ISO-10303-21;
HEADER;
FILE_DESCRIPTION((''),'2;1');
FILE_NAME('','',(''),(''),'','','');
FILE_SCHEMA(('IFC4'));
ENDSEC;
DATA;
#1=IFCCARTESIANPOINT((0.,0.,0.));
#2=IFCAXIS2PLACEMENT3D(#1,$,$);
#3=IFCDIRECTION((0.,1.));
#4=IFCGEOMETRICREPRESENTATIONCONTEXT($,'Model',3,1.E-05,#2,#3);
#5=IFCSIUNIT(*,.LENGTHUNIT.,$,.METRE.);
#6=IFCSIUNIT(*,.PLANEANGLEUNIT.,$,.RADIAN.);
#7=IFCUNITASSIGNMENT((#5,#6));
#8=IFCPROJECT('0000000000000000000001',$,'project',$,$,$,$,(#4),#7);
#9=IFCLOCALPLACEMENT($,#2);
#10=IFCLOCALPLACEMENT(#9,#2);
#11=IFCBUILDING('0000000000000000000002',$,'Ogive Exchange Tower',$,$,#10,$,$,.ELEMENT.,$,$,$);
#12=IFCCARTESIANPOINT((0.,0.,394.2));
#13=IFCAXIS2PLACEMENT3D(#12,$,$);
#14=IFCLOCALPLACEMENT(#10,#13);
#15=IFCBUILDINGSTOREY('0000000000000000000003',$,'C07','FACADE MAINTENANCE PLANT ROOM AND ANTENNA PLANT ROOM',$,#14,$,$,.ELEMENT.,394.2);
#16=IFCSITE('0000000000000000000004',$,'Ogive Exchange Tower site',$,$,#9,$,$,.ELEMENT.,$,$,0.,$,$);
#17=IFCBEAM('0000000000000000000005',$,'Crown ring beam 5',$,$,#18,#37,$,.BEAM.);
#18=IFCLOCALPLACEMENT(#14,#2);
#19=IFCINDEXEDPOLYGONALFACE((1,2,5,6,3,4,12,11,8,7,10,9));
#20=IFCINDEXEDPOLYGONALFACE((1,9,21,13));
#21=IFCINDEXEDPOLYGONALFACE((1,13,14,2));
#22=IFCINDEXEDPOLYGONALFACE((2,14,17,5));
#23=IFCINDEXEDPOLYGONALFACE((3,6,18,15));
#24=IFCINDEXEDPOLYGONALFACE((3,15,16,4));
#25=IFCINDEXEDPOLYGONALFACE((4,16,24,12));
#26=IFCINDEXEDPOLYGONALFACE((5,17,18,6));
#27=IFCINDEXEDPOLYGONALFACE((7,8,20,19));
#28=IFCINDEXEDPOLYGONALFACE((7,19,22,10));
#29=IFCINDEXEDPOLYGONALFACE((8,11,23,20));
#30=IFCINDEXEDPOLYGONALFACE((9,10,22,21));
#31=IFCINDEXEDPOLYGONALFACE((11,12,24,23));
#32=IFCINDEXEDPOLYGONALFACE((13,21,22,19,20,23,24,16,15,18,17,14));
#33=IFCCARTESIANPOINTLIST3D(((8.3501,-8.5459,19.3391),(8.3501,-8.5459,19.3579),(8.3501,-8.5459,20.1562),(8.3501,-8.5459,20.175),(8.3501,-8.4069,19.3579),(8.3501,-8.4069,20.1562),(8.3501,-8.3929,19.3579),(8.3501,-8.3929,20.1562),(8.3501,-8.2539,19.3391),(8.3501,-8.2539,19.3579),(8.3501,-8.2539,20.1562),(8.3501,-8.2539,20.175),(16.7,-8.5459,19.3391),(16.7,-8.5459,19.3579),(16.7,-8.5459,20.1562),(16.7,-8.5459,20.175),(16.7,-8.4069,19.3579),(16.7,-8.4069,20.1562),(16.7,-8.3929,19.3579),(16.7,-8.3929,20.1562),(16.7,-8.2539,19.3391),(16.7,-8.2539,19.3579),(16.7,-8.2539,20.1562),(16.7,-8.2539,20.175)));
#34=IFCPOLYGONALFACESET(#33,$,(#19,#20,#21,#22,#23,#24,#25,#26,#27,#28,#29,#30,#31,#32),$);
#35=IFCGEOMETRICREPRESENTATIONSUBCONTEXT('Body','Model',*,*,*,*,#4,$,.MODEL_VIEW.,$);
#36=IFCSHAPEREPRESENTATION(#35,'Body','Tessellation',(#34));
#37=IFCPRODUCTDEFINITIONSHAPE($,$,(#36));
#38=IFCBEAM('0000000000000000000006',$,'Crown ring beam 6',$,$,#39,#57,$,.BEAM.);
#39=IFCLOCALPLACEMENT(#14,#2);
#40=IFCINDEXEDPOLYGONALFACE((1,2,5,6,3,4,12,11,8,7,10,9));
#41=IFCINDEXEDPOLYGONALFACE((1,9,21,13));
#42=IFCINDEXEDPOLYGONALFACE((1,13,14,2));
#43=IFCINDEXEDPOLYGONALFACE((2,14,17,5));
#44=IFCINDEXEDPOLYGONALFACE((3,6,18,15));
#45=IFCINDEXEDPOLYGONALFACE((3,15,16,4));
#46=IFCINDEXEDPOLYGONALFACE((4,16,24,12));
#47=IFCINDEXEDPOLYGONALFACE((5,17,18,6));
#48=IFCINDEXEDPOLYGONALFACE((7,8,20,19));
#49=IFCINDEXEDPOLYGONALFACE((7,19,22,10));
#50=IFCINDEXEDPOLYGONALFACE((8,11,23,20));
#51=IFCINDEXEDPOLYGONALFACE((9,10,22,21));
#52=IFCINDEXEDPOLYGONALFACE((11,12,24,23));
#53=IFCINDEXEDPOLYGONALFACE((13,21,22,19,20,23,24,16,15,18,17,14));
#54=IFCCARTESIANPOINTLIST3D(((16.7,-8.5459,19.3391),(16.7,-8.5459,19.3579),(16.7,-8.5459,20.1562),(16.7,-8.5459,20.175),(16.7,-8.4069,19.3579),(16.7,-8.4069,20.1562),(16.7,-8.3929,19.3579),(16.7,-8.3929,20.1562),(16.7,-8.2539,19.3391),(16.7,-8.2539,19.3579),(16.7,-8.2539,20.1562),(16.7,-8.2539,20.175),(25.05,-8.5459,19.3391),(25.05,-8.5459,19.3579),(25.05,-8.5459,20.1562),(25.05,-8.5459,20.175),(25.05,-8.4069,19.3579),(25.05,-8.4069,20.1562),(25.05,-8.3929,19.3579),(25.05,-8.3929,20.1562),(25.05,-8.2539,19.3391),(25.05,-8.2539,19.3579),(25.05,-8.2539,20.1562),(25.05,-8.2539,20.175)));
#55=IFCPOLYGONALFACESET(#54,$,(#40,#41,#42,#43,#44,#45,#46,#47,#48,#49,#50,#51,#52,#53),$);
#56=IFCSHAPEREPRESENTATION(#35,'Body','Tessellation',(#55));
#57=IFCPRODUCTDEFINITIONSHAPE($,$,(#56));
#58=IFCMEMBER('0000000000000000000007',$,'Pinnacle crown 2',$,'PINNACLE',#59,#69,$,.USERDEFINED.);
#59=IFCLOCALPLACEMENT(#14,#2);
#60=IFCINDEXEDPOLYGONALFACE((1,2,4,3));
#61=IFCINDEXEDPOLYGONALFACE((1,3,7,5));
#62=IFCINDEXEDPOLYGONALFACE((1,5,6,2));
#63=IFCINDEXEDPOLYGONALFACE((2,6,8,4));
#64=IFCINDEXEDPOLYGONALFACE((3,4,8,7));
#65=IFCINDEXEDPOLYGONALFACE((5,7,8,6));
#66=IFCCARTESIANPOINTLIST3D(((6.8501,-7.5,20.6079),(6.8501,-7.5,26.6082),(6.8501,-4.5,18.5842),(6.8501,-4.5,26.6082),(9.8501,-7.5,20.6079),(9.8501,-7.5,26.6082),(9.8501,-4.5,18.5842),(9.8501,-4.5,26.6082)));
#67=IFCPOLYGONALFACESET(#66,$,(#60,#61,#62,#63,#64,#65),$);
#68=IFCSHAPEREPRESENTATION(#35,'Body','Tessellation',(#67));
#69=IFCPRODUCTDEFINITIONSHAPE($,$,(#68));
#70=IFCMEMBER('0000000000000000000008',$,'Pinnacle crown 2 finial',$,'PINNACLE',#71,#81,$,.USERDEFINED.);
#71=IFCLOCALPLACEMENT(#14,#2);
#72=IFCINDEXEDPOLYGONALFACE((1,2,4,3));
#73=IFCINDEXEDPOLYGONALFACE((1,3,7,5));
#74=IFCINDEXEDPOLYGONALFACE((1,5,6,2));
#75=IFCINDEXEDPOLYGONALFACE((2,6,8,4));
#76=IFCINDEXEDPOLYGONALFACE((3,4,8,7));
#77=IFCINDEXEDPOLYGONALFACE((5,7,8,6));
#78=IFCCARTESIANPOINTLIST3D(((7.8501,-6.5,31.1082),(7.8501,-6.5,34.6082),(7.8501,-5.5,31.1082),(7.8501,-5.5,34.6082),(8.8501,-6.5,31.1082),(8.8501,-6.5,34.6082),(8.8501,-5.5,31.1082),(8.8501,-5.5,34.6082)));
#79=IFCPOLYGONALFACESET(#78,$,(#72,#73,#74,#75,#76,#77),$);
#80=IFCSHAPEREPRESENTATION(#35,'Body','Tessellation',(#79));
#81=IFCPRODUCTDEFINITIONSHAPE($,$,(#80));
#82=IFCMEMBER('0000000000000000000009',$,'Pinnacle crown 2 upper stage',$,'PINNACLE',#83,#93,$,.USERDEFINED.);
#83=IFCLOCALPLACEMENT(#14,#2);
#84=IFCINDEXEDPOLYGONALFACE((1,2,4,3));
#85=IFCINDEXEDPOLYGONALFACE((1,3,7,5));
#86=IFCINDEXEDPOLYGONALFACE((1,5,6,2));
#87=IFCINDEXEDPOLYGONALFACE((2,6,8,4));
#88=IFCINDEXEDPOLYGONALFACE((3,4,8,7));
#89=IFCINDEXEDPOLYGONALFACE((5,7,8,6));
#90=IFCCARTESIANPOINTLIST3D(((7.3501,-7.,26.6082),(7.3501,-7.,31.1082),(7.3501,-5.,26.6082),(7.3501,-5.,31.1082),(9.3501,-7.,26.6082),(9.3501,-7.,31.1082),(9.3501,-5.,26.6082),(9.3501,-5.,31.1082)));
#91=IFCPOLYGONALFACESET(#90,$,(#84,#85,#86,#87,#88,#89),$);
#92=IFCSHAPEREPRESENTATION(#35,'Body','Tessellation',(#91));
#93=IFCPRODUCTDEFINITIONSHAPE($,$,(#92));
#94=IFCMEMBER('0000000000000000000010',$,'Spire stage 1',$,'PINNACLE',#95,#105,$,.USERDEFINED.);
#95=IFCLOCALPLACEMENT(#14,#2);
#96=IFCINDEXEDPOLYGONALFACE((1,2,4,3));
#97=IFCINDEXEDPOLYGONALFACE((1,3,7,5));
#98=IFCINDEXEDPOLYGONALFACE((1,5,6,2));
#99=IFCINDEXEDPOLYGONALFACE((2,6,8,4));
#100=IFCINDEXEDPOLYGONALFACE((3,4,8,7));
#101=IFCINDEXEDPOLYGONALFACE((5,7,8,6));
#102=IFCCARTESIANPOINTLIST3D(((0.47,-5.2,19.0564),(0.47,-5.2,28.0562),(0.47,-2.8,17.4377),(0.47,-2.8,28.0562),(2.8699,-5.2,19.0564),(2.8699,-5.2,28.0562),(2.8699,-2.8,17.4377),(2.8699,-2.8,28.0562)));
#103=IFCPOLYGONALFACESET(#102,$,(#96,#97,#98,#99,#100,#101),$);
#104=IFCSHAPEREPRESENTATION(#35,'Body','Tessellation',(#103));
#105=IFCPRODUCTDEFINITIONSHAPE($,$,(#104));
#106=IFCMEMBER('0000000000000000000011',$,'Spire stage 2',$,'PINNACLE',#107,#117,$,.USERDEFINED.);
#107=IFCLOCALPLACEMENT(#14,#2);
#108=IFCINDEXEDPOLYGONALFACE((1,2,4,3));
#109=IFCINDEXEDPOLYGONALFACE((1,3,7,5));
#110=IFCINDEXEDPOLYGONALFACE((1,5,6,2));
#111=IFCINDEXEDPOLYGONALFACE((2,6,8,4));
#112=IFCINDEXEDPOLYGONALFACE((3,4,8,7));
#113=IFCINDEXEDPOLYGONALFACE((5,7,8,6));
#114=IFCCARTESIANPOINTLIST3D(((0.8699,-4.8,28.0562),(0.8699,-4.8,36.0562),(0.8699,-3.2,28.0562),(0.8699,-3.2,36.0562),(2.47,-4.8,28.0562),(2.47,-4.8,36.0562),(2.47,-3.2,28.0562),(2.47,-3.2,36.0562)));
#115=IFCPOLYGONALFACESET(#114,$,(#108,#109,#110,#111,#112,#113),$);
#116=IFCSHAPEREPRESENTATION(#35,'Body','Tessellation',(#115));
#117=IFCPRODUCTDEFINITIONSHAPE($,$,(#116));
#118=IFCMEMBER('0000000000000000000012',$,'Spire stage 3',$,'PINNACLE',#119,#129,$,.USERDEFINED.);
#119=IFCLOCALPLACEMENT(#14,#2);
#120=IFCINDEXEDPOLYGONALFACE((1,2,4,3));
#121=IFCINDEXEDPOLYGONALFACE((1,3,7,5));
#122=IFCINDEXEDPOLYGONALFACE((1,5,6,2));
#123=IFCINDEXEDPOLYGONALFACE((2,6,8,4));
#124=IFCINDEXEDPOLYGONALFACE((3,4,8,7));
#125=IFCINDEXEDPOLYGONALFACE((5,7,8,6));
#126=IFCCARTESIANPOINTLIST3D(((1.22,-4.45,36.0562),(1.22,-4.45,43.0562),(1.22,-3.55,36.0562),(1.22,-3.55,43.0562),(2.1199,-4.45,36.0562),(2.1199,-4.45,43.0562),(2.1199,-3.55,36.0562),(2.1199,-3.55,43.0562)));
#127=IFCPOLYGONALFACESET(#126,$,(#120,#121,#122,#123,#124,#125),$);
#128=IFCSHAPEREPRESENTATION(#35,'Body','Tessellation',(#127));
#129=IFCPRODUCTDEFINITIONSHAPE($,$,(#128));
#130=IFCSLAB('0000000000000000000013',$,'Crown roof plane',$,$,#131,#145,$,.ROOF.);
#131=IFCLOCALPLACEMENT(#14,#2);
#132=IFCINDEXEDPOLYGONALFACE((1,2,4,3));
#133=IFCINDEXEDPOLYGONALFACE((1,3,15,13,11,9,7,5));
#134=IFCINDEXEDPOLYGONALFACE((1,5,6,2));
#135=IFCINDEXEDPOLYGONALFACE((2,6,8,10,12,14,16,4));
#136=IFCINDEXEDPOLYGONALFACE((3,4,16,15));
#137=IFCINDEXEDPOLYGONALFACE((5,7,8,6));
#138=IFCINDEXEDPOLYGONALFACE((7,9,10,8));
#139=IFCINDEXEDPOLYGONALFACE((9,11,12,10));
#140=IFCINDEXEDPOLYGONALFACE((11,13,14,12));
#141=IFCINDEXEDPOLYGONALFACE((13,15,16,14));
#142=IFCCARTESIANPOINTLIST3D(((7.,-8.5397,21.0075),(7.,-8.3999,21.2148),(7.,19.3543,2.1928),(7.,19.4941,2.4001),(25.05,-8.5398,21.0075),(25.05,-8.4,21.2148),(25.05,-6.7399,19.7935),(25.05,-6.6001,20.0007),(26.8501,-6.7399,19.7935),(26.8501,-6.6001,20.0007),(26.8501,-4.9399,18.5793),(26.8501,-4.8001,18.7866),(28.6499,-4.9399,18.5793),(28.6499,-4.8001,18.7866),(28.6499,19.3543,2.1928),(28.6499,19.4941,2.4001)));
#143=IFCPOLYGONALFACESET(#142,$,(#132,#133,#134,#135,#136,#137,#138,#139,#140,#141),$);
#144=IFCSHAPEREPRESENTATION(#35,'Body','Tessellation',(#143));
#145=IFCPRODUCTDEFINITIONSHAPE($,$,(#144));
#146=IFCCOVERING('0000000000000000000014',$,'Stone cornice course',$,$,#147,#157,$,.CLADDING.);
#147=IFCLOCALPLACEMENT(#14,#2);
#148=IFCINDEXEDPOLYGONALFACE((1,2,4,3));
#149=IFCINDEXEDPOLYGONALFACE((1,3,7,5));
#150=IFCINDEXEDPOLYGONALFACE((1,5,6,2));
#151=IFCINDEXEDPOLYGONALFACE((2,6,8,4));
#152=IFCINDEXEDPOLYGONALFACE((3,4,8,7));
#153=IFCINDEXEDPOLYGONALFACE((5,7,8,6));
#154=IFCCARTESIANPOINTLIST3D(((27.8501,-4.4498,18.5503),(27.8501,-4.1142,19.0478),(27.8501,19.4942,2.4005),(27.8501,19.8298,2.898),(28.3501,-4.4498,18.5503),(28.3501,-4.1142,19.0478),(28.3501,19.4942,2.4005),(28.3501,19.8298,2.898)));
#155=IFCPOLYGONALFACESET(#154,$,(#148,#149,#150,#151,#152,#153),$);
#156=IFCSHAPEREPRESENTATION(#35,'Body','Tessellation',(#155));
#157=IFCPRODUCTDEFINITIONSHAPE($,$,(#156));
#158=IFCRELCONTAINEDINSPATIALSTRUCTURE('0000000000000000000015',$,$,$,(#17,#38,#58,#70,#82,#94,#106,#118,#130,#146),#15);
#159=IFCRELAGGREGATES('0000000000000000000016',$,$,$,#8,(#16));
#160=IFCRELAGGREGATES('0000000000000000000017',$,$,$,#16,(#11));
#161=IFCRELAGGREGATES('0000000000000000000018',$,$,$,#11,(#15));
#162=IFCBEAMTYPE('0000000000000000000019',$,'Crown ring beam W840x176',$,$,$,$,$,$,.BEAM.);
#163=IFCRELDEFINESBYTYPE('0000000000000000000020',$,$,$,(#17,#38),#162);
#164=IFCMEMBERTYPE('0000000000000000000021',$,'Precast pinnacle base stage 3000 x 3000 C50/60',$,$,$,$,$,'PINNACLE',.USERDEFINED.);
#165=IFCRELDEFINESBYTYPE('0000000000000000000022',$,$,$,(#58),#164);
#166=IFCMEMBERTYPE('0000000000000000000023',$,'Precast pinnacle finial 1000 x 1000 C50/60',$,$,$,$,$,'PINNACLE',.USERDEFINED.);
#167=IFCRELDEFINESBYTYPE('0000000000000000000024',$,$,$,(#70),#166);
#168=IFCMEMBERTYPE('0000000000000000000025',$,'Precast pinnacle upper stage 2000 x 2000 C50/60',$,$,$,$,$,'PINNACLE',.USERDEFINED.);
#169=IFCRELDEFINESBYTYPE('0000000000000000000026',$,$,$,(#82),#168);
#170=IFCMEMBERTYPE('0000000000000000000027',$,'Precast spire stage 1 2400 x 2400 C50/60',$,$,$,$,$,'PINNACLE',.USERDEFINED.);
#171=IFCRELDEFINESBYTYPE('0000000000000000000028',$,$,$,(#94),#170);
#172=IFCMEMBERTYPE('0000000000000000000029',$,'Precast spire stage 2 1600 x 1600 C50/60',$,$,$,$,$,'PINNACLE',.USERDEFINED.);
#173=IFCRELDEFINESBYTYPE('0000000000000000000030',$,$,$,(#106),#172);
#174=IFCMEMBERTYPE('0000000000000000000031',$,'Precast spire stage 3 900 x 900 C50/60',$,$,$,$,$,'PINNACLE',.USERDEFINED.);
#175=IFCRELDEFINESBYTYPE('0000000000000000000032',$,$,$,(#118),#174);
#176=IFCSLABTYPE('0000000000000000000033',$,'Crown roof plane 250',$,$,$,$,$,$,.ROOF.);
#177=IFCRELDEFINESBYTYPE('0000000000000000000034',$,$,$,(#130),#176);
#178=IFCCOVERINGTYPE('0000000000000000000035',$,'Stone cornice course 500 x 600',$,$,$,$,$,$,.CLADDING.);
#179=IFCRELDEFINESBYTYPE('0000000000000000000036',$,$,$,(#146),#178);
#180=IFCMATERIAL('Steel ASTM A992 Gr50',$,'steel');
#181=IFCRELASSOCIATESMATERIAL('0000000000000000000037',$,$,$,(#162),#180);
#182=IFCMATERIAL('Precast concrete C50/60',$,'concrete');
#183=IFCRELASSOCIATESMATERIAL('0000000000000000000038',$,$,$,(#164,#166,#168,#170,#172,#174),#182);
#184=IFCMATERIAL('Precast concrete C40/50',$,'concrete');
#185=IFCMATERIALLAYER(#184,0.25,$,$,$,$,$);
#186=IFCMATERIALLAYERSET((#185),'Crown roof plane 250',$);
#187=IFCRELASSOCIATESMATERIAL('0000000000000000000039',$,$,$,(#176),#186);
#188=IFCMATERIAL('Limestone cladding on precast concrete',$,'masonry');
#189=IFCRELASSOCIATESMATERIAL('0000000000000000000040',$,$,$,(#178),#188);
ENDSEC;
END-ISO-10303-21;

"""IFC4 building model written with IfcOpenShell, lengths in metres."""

from ifc_helpers import new_model, si_unit, direction, frame, origin, origin_2d, place, context, subcontext, project, spatial, polyline, rectangle, i_section, outline, extrude, material, layer, layer_set, material_profile, profile_set, type_object, element, save


model = new_model("IFC4")

# Units and contexts
model_context = context("Model", 3, precision=1e-05, world=origin(), true_north=direction((0.0, 1.0)))
body_context = subcontext(model_context, "Body", "Model", "MODEL_VIEW")
ifc_project = project(units=[si_unit("LENGTHUNIT", "METRE"), si_unit("PLANEANGLEUNIT", "RADIAN")], contexts=[model_context])

# Site, building, storey
site_placement = place(None, origin())
site = spatial("IfcSite", under=ifc_project, at=site_placement, Name="Ogive Exchange Tower site", CompositionType="ELEMENT", RefElevation=0.0)
building_placement = place(site_placement, origin())
building = spatial("IfcBuilding", under=site, at=building_placement, Name="Ogive Exchange Tower", CompositionType="ELEMENT")
storey_placement = place(building_placement, frame((0.0, 0.0, 394.2)))
storey = spatial("IfcBuildingStorey", under=building, at=storey_placement, Name="C07", Description="FACADE MAINTENANCE PLANT ROOM AND ANTENNA PLANT ROOM", CompositionType="ELEMENT", Elevation=394.2)

# Shared definitions
ifc_material_1 = material(Name="Steel ASTM A992 Gr50", Category="steel")

# Beams
ifc_material_profile_1 = material_profile(ifc_material_1, i_section(OverallWidth=0.292, OverallDepth=0.8359, WebThickness=0.0139, FlangeThickness=0.0188, at=origin_2d()), Name="W840x176")
ifc_profile_set_1 = profile_set([ifc_material_profile_1], Name="Steel ASTM A992 Gr50")
beam_type_1 = type_object("IfcBeamType", Name="Crown ring beam W840x176", PredefinedType="BEAM", material=ifc_profile_set_1)
beam_1_placement = place(storey_placement, frame((8.3501, -8.3999, 19.7571), z_axis=(1.0, 0.0, 0.0), x_axis=(0.0, 1.0, 0.0)))
element("IfcBeam", 1, at=beam_1_placement, inside=storey, type_object=beam_type_1, Name="Crown ring beam 5", PredefinedType="BEAM", context=body_context, shape_type="SweptSolid", body=[
    extrude(i_section(OverallWidth=0.292, OverallDepth=0.8359, WebThickness=0.0139, FlangeThickness=0.0188, at=origin_2d()), origin(), (0.0, 0.0, 1.0), 8.3499),
])
beam_2_placement = place(storey_placement, frame((16.7, -8.3999, 19.7571), z_axis=(1.0, 0.0, 0.0), x_axis=(0.0, 1.0, 0.0)))
element("IfcBeam", 2, at=beam_2_placement, inside=storey, type_object=beam_type_1, Name="Crown ring beam 6", PredefinedType="BEAM", context=body_context, shape_type="SweptSolid", body=[
    extrude(i_section(OverallWidth=0.292, OverallDepth=0.8359, WebThickness=0.0139, FlangeThickness=0.0188, at=origin_2d()), origin(), (0.0, 0.0, 1.0), 8.3501),
])

# Members
ifc_material_2 = material(Name="Precast concrete C50/60", Category="concrete")
ifc_material_profile_2 = material_profile(ifc_material_2, rectangle(XDim=3.0, YDim=3.0, at=origin_2d()), Name="PINNACLE 3000 x 3000")
ifc_profile_set_2 = profile_set([ifc_material_profile_2], Name="Precast concrete C50/60")
member_type_1 = type_object("IfcMemberType", Name="Precast pinnacle base stage 3000 x 3000 C50/60", ElementType="PINNACLE", PredefinedType="USERDEFINED", material=ifc_profile_set_2)
member_1_placement = place(storey_placement, frame((6.8501, -7.5, 26.6082), z_axis=(-1.0, 0.0, 0.0), x_axis=(0.0, 1.0, 0.0)))
element("IfcMember", 3, at=member_1_placement, inside=storey, type_object=member_type_1, Name="Pinnacle crown 2", ObjectType="PINNACLE", PredefinedType="USERDEFINED", context=body_context, shape_type="SweptSolid", body=[
    extrude(outline(polyline([(0.0, 0.0), (3.0, 0.0), (3.0, 8.0239), (0.0, 6.0002), (0.0, 0.0)])), origin(), (0.0, 0.0, -1.0), 3.0),
])
ifc_material_profile_3 = material_profile(ifc_material_2, rectangle(XDim=1.0, YDim=1.0, at=origin_2d()), Name="PINNACLE 1000 x 1000")
ifc_profile_set_3 = profile_set([ifc_material_profile_3], Name="Precast concrete C50/60")
member_type_2 = type_object("IfcMemberType", Name="Precast pinnacle finial 1000 x 1000 C50/60", ElementType="PINNACLE", PredefinedType="USERDEFINED", material=ifc_profile_set_3)
member_2_placement = place(storey_placement, frame((8.3501, -6.0, 31.1082), z_axis=(0.0, 0.0, 1.0), x_axis=(1.0, 0.0, 0.0)))
element("IfcMember", 4, at=member_2_placement, inside=storey, type_object=member_type_2, Name="Pinnacle crown 2 finial", ObjectType="PINNACLE", PredefinedType="USERDEFINED", context=body_context, shape_type="SweptSolid", body=[
    extrude(rectangle(XDim=1.0, YDim=1.0, at=origin_2d()), origin(), (0.0, 0.0, 1.0), 3.5),
])
ifc_material_profile_4 = material_profile(ifc_material_2, rectangle(XDim=2.0, YDim=2.0, at=origin_2d()), Name="PINNACLE 2000 x 2000")
ifc_profile_set_4 = profile_set([ifc_material_profile_4], Name="Precast concrete C50/60")
member_type_3 = type_object("IfcMemberType", Name="Precast pinnacle upper stage 2000 x 2000 C50/60", ElementType="PINNACLE", PredefinedType="USERDEFINED", material=ifc_profile_set_4)
member_3_placement = place(storey_placement, frame((8.3501, -6.0, 26.6082), z_axis=(0.0, 0.0, 1.0), x_axis=(1.0, 0.0, 0.0)))
element("IfcMember", 5, at=member_3_placement, inside=storey, type_object=member_type_3, Name="Pinnacle crown 2 upper stage", ObjectType="PINNACLE", PredefinedType="USERDEFINED", context=body_context, shape_type="SweptSolid", body=[
    extrude(rectangle(XDim=2.0, YDim=2.0, at=origin_2d()), origin(), (0.0, 0.0, 1.0), 4.5),
])
ifc_material_profile_5 = material_profile(ifc_material_2, rectangle(XDim=2.3999, YDim=2.3999, at=origin_2d()), Name="SPIRE 1 2400 x 2400")
ifc_profile_set_5 = profile_set([ifc_material_profile_5], Name="Precast concrete C50/60")
member_type_4 = type_object("IfcMemberType", Name="Precast spire stage 1 2400 x 2400 C50/60", ElementType="PINNACLE", PredefinedType="USERDEFINED", material=ifc_profile_set_5)
member_4_placement = place(storey_placement, frame((0.47, -5.2, 28.0562), z_axis=(-1.0, 0.0, 0.0), x_axis=(0.0, 1.0, 0.0)))
element("IfcMember", 6, at=member_4_placement, inside=storey, type_object=member_type_4, Name="Spire stage 1", ObjectType="PINNACLE", PredefinedType="USERDEFINED", context=body_context, shape_type="SweptSolid", body=[
    extrude(outline(polyline([(0.0, 0.0), (2.3999, 0.0), (2.3999, 10.6184), (0.0, 8.9998), (0.0, 0.0)])), origin(), (0.0, 0.0, -1.0), 2.3999),
])
ifc_material_profile_6 = material_profile(ifc_material_2, rectangle(XDim=1.6001, YDim=1.6001, at=origin_2d()), Name="SPIRE 2 1600 x 1600")
ifc_profile_set_6 = profile_set([ifc_material_profile_6], Name="Precast concrete C50/60")
member_type_5 = type_object("IfcMemberType", Name="Precast spire stage 2 1600 x 1600 C50/60", ElementType="PINNACLE", PredefinedType="USERDEFINED", material=ifc_profile_set_6)
member_5_placement = place(storey_placement, frame((1.6699, -4.0, 28.0562), z_axis=(0.0, 0.0, 1.0), x_axis=(1.0, 0.0, 0.0)))
element("IfcMember", 7, at=member_5_placement, inside=storey, type_object=member_type_5, Name="Spire stage 2", ObjectType="PINNACLE", PredefinedType="USERDEFINED", context=body_context, shape_type="SweptSolid", body=[
    extrude(rectangle(XDim=1.6001, YDim=1.6001, at=origin_2d()), origin(), (0.0, 0.0, 1.0), 8.0),
])
ifc_material_profile_7 = material_profile(ifc_material_2, rectangle(XDim=0.8999, YDim=0.8999, at=origin_2d()), Name="SPIRE 3 900 x 900")
ifc_profile_set_7 = profile_set([ifc_material_profile_7], Name="Precast concrete C50/60")
member_type_6 = type_object("IfcMemberType", Name="Precast spire stage 3 900 x 900 C50/60", ElementType="PINNACLE", PredefinedType="USERDEFINED", material=ifc_profile_set_7)
member_6_placement = place(storey_placement, frame((1.6699, -4.0, 36.0562), z_axis=(0.0, 0.0, 1.0), x_axis=(1.0, 0.0, 0.0)))
element("IfcMember", 8, at=member_6_placement, inside=storey, type_object=member_type_6, Name="Spire stage 3", ObjectType="PINNACLE", PredefinedType="USERDEFINED", context=body_context, shape_type="SweptSolid", body=[
    extrude(rectangle(XDim=0.8999, YDim=0.8999, at=origin_2d()), origin(), (0.0, 0.0, 1.0), 7.0),
])

# Slab
ifc_material_3 = material(Name="Precast concrete C40/50", Category="concrete")
ifc_layer = layer(ifc_material_3, 0.25)
ifc_layer_set = layer_set([ifc_layer], Name="Crown roof plane 250")
slab_type = type_object("IfcSlabType", Name="Crown roof plane 250", PredefinedType="ROOF", material=ifc_layer_set)
slab_placement = place(storey_placement, frame((26.8501, -6.6001, 20.0007), z_axis=(0.000002, 0.559191, 0.829039), x_axis=(-1.0, 0.000001, 0.000002)))
element("IfcSlab", 9, at=slab_placement, inside=storey, type_object=slab_type, Name="Crown roof plane", PredefinedType="ROOF", context=body_context, shape_type="SweptSolid", body=[
    extrude(outline(polyline([(0.0, 0.0), (1.8, 0.0), (1.8, 2.171), (19.8501, 2.171), (19.8501, -31.4752), (-1.7998, -31.4752), (-1.7998, -2.1712), (0.0, -2.1712), (0.0, 0.0)])), origin(), (0.0, 0.0, -1.0), 0.25),
])

# Covering
ifc_material_4 = material(Name="Limestone cladding on precast concrete", Category="masonry")
ifc_material_profile_8 = material_profile(ifc_material_4, rectangle(XDim=0.5, YDim=0.6001, at=origin_2d()), Name="CORNICE 500 x 600")
ifc_profile_set_8 = profile_set([ifc_material_profile_8], Name="Limestone cladding on precast concrete")
covering_type = type_object("IfcCoveringType", Name="Stone cornice course 500 x 600", PredefinedType="CLADDING", material=ifc_profile_set_8)
covering_placement = place(storey_placement, frame((28.1001, -4.282, 18.7991), z_axis=(0.0, 0.829047, -0.559179), x_axis=(-1.0, 0.0, 0.0)))
element("IfcCovering", 10, at=covering_placement, inside=storey, type_object=covering_type, Name="Stone cornice course", PredefinedType="CLADDING", context=body_context, shape_type="SweptSolid", body=[
    extrude(rectangle(XDim=0.5, YDim=0.6001, at=origin_2d()), origin(), (0.0, 0.0, 1.0), 28.8813),
])

save(model, "model.ifc")
